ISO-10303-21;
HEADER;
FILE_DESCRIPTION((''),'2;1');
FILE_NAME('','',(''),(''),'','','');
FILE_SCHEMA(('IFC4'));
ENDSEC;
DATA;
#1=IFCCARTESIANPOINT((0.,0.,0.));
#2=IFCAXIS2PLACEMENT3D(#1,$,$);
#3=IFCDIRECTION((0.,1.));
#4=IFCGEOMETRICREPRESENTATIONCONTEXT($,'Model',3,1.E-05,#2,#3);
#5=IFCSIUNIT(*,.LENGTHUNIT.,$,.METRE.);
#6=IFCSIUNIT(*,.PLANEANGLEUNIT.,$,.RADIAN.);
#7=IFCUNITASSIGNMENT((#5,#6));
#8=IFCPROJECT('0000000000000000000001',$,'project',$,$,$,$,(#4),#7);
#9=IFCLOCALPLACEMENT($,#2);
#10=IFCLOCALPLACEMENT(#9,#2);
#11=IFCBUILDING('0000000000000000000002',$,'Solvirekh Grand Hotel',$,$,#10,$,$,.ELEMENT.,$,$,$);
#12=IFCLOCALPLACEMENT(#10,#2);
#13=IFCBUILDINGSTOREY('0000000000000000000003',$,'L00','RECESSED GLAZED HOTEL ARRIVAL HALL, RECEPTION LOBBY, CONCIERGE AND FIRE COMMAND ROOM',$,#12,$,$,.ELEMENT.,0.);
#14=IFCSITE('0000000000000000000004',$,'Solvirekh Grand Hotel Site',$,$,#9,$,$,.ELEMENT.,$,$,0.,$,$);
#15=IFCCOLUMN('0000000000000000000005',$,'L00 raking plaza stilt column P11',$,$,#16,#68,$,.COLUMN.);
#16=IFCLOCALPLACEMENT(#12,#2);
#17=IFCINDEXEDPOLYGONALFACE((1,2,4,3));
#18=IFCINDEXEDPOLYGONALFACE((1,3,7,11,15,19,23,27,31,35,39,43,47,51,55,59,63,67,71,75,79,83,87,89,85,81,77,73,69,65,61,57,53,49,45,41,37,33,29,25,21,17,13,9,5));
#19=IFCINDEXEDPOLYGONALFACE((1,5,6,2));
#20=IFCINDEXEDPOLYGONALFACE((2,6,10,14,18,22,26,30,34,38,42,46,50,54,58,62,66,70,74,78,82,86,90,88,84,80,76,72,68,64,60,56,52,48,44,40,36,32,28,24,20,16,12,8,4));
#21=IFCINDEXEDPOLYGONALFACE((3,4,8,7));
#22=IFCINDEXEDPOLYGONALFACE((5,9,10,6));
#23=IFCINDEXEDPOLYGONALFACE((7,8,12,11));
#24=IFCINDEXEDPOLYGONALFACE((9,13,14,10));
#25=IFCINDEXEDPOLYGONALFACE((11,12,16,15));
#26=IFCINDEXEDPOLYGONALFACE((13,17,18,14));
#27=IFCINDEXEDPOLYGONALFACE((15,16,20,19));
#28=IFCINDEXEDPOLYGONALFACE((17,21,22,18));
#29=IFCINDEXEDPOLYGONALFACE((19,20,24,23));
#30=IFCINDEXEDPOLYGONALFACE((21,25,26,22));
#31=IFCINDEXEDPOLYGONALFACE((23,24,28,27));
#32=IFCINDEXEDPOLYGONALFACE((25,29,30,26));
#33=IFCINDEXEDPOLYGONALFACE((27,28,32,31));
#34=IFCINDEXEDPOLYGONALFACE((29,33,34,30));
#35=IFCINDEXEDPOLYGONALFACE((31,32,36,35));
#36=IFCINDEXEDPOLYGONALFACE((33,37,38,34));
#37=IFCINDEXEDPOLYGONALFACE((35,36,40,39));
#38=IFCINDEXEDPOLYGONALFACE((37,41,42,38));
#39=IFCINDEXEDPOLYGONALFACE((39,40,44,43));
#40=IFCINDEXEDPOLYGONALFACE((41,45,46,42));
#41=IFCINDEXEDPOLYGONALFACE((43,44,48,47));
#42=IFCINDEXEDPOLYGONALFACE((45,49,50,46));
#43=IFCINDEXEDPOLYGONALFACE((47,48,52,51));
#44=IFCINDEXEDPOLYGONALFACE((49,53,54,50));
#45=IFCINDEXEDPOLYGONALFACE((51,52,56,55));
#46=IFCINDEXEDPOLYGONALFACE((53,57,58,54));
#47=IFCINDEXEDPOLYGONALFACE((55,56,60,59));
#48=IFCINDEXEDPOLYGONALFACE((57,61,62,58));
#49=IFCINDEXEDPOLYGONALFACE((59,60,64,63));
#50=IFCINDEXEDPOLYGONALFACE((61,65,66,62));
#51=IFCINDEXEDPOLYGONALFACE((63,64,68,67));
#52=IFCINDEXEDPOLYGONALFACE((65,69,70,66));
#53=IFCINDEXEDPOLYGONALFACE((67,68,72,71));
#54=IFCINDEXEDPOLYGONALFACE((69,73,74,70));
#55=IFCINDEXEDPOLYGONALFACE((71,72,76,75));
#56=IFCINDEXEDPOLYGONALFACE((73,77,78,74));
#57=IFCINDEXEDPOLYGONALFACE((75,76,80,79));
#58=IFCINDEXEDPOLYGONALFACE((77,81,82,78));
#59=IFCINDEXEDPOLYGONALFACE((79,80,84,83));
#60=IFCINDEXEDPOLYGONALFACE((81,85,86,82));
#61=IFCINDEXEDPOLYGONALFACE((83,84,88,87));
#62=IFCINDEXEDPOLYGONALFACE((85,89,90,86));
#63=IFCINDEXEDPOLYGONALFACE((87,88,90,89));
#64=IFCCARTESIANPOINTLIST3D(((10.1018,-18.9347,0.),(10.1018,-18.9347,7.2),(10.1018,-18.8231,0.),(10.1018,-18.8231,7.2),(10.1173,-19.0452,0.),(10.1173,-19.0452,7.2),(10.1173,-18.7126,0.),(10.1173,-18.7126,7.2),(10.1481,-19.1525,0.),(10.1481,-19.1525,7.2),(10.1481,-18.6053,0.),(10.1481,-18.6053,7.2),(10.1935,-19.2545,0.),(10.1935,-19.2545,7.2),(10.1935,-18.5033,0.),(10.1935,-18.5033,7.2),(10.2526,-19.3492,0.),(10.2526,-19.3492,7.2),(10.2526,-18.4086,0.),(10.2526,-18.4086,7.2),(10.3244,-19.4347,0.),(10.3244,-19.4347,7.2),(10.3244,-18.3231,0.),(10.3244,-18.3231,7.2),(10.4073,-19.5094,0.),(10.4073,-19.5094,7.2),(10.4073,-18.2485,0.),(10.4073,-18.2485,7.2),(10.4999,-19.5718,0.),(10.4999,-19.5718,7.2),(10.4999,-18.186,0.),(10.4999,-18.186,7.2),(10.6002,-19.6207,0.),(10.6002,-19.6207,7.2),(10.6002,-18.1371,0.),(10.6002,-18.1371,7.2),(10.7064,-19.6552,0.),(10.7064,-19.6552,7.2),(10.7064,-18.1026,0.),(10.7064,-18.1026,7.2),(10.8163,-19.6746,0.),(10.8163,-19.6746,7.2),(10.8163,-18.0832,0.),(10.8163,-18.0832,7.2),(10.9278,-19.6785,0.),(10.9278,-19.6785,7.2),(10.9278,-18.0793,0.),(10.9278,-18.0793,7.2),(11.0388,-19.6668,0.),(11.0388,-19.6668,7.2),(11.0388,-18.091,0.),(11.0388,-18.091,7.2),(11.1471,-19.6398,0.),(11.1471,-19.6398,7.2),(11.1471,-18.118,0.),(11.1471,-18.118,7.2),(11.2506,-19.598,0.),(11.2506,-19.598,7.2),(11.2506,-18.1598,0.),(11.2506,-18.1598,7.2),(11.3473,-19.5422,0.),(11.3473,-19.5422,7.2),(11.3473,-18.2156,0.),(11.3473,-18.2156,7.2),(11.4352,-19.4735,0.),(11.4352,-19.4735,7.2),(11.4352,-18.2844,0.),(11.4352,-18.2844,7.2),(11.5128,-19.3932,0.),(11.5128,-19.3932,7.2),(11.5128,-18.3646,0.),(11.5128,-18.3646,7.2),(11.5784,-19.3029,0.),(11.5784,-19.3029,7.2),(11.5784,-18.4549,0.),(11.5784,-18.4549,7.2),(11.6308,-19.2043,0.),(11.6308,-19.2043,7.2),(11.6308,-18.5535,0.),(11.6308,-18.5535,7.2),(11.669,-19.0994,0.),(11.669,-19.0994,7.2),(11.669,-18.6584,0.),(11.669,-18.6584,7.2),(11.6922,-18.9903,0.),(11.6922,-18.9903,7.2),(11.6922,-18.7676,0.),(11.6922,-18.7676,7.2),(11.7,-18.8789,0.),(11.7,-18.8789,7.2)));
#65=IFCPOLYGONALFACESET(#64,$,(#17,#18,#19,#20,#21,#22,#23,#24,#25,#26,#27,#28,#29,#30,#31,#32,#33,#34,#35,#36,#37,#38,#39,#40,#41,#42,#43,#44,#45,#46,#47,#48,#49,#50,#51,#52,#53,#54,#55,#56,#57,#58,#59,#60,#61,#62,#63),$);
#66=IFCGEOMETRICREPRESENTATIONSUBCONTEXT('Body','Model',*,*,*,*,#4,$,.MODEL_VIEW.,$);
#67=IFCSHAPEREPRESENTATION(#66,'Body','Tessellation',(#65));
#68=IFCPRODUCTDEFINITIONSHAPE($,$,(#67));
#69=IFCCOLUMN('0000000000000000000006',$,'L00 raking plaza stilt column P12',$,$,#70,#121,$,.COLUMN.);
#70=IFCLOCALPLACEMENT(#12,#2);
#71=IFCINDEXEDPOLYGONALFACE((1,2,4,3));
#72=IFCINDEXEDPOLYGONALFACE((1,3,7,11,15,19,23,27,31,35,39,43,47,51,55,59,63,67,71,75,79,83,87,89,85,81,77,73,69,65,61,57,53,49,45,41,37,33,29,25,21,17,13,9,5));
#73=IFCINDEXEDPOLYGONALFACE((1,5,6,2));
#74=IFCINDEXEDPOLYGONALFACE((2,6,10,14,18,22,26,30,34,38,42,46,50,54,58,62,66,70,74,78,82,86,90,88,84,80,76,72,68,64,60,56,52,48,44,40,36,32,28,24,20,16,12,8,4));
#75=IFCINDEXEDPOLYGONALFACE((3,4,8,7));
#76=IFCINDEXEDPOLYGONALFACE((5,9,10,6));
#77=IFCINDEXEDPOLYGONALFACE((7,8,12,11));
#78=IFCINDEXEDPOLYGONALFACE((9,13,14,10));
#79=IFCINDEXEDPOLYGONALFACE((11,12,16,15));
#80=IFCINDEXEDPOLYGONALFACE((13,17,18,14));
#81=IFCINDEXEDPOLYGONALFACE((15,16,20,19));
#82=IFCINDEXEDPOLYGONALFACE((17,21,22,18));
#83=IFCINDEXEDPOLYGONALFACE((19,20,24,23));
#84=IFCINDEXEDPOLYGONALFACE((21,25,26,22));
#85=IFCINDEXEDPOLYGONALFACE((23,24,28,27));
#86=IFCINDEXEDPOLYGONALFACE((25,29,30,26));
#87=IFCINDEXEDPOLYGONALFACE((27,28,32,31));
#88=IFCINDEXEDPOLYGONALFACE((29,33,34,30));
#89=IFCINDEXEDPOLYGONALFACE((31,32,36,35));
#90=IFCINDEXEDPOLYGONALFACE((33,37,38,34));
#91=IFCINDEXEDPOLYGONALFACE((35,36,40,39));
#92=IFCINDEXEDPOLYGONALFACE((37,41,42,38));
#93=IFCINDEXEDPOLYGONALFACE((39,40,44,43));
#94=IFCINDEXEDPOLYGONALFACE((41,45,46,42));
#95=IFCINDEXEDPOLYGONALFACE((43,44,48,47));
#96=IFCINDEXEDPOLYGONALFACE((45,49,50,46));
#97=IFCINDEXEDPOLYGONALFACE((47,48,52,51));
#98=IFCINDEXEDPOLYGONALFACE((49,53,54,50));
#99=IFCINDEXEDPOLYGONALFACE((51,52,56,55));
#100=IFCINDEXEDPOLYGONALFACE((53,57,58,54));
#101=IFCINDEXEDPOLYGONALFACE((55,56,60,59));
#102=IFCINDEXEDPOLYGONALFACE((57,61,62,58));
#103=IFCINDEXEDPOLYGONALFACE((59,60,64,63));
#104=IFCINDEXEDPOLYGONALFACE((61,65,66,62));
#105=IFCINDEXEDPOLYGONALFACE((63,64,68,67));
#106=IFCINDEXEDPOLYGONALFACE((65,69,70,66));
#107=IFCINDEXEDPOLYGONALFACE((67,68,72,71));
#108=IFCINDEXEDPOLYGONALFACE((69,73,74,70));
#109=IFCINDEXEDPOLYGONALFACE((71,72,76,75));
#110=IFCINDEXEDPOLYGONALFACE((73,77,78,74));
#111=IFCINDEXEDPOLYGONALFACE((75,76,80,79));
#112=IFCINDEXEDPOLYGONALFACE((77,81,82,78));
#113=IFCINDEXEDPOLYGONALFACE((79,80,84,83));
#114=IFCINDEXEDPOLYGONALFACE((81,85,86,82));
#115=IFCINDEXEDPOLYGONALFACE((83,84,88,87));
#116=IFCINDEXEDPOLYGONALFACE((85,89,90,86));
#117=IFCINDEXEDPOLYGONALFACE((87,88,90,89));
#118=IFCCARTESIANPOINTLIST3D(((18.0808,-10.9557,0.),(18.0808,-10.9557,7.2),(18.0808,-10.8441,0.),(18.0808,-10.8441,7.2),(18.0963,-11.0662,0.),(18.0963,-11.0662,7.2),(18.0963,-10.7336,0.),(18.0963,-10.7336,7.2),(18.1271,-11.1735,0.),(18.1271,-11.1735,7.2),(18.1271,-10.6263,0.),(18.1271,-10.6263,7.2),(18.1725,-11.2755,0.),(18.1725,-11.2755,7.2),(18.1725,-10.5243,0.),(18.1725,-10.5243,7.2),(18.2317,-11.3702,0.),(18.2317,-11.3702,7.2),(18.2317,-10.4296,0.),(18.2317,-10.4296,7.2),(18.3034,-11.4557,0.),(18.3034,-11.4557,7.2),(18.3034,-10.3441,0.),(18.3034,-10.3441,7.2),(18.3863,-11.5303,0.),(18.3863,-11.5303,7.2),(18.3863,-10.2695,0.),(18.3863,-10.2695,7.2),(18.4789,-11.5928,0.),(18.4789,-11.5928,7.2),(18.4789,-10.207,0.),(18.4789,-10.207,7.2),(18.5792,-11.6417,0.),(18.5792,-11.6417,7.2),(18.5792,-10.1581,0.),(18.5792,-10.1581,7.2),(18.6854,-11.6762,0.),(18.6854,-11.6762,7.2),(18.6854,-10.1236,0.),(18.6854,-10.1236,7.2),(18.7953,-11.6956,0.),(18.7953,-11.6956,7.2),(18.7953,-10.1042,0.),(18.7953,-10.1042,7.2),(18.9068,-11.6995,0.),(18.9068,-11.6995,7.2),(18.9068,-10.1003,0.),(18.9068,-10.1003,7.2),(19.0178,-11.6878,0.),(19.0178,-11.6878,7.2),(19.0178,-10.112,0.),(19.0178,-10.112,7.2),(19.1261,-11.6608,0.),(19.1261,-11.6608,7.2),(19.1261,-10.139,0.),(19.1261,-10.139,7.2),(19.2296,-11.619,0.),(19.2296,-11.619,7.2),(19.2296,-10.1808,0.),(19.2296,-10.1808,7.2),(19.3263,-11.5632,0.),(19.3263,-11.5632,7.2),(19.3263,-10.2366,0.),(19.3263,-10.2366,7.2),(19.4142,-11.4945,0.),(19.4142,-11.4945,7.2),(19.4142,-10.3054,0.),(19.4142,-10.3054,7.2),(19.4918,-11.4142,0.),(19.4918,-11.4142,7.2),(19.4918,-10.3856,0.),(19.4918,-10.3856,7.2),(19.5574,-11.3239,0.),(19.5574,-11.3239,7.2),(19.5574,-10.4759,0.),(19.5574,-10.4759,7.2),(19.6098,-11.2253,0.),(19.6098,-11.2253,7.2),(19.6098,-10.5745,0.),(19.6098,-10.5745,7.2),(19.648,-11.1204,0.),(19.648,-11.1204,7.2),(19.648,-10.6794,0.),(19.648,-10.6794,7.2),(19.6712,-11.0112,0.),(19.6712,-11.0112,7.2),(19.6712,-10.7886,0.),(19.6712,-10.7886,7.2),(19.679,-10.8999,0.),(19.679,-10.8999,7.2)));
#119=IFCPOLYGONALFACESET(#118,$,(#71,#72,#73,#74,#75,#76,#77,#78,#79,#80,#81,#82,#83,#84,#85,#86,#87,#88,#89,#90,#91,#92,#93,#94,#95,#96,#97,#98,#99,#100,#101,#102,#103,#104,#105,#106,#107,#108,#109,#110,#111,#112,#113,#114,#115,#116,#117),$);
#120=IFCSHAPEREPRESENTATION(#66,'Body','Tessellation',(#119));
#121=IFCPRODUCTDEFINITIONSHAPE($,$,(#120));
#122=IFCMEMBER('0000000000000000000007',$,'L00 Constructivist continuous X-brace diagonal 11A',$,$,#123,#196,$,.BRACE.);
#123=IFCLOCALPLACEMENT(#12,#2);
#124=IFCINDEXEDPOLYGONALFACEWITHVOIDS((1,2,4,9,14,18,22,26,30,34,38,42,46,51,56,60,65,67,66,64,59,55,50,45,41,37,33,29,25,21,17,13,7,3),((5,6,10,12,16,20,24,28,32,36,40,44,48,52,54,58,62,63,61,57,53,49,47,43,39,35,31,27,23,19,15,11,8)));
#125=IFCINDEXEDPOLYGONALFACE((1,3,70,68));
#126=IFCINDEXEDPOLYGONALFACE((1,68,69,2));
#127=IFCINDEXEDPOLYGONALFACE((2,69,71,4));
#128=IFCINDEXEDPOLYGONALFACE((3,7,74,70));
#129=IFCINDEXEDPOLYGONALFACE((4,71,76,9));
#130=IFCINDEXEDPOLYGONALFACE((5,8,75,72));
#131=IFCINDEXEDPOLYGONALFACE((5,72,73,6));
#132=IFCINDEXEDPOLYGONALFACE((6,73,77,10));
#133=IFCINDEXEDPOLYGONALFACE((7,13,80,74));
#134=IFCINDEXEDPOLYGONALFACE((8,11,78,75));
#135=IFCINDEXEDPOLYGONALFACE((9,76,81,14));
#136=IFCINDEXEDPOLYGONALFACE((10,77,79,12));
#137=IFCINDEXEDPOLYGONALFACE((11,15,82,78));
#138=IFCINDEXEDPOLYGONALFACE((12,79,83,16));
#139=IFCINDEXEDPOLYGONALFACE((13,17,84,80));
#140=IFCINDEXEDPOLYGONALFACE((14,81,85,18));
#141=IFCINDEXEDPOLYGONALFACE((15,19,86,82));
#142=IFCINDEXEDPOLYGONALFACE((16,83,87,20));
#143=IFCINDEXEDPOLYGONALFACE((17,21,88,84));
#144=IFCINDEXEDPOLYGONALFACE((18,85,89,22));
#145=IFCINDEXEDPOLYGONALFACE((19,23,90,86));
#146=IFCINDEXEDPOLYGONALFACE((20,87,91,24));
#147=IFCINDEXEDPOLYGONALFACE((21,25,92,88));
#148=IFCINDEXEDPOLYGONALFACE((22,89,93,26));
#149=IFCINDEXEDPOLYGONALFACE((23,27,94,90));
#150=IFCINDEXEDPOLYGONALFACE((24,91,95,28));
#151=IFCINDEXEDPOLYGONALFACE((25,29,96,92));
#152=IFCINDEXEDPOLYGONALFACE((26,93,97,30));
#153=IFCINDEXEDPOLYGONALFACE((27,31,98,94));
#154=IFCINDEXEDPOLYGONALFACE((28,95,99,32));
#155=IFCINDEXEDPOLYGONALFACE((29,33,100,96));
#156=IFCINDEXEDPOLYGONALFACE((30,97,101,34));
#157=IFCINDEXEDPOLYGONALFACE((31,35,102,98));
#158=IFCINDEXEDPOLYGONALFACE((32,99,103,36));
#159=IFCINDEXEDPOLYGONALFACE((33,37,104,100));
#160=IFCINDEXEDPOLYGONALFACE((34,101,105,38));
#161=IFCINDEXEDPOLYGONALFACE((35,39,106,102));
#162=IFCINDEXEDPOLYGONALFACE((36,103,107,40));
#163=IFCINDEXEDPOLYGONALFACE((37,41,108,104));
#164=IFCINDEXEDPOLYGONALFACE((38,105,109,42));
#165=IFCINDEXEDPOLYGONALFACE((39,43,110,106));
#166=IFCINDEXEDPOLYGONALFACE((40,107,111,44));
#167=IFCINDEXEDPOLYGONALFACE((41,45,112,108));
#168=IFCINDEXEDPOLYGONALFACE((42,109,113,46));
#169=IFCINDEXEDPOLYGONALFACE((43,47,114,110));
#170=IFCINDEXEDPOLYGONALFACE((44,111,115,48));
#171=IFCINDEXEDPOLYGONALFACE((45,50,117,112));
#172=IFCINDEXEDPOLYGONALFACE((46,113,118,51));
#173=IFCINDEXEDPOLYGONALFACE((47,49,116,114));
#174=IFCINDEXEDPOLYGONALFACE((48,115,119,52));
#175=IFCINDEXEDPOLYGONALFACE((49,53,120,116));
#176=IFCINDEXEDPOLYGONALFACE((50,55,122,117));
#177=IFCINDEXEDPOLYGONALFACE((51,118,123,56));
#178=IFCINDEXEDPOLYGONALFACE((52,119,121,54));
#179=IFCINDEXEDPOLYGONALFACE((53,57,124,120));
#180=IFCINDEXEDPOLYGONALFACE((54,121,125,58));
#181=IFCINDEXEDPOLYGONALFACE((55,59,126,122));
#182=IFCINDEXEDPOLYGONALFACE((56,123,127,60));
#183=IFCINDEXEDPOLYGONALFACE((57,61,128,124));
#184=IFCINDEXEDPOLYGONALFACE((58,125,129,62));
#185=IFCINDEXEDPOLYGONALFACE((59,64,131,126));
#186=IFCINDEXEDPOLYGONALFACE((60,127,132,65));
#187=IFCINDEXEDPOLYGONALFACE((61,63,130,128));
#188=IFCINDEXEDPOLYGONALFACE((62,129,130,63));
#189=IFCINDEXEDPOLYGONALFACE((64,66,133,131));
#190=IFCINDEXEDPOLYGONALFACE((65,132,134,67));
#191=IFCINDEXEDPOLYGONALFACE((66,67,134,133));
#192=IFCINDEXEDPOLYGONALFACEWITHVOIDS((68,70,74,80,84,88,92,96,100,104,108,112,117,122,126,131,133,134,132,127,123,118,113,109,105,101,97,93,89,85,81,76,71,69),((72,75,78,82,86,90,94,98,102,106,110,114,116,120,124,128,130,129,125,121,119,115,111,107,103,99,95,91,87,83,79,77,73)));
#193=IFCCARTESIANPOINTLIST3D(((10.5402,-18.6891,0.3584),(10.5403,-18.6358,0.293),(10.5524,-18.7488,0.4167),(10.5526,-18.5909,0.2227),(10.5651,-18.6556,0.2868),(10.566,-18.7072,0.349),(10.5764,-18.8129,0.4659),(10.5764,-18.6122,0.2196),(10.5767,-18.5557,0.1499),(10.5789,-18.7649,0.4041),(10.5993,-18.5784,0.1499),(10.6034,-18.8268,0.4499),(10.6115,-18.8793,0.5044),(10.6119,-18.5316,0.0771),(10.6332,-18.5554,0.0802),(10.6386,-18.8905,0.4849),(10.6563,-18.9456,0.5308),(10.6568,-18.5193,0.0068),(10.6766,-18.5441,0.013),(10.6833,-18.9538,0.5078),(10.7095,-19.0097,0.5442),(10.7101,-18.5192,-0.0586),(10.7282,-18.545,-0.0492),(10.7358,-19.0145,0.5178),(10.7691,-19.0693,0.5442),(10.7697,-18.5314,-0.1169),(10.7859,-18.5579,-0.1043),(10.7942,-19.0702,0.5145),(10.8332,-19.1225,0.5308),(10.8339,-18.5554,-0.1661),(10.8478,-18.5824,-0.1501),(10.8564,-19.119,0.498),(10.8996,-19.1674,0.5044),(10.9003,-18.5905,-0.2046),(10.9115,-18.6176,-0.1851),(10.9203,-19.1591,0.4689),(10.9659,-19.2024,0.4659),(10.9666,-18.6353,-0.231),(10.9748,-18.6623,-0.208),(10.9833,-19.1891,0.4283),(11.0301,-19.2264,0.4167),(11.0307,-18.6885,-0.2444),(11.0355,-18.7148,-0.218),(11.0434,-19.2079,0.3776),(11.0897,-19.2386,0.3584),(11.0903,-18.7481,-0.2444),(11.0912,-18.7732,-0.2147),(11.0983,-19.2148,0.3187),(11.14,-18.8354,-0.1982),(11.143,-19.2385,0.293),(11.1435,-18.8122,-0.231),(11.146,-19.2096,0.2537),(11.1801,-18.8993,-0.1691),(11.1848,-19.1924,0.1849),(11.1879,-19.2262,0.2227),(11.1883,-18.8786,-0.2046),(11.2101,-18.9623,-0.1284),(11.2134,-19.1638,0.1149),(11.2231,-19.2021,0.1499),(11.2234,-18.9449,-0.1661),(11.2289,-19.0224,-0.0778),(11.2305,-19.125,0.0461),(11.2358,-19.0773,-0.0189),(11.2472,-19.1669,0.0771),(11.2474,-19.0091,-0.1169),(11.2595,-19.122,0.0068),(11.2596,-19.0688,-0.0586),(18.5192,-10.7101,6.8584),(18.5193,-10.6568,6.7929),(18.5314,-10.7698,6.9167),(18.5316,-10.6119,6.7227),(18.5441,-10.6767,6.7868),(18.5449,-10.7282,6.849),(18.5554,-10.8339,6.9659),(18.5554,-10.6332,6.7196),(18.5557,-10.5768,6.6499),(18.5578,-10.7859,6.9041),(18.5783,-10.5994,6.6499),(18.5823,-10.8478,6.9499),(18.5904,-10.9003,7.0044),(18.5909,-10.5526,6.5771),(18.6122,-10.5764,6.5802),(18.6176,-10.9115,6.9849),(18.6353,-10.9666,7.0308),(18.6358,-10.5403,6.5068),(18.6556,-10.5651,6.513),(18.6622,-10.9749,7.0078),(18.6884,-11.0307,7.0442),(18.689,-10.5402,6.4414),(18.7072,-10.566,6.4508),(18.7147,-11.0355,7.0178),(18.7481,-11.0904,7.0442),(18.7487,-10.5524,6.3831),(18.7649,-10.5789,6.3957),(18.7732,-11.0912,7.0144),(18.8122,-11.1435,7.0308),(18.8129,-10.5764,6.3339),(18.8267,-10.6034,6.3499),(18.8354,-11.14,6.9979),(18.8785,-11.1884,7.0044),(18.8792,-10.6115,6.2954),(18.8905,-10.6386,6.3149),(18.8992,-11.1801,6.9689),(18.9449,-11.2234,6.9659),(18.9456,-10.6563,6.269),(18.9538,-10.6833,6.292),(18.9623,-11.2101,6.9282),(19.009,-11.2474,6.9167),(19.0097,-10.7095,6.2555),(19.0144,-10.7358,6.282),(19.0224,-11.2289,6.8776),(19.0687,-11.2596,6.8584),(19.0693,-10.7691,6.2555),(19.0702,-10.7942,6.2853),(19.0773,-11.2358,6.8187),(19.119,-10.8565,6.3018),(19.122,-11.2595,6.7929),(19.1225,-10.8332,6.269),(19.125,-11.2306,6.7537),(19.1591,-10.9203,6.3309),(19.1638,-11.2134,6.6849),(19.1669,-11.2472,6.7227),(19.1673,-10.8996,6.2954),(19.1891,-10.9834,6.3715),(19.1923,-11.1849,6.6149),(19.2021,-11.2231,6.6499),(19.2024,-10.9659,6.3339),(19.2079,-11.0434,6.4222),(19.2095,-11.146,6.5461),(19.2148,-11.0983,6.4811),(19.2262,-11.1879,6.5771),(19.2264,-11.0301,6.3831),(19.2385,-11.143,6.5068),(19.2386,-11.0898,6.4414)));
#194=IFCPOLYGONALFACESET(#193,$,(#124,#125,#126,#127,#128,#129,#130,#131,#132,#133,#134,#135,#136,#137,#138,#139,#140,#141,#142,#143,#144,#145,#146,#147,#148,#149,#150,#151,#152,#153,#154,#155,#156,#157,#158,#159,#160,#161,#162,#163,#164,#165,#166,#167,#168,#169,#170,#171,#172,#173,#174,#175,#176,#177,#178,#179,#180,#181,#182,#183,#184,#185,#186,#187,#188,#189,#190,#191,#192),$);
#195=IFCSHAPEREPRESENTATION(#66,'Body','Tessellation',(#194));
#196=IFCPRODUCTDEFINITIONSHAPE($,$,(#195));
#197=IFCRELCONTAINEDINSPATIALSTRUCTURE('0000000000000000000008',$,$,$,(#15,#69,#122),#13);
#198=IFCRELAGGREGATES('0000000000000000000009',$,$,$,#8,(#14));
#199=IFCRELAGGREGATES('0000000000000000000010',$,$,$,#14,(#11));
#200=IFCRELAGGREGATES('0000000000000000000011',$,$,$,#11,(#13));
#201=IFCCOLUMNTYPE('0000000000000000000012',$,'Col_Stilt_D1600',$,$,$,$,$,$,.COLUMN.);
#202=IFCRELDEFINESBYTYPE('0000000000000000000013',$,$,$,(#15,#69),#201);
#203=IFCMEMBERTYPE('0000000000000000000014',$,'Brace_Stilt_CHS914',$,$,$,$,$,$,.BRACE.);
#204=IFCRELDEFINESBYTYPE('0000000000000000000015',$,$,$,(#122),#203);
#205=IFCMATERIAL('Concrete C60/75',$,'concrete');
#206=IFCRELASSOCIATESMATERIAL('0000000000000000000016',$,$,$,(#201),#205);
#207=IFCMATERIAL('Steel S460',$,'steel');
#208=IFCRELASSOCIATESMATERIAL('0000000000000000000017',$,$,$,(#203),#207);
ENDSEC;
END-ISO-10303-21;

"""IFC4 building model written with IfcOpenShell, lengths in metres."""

from ifc_helpers import new_model, si_unit, direction, frame, origin, origin_2d, place, context, subcontext, project, spatial, circle, hollow_circle, extrude, material, material_profile, profile_set, type_object, element, save


model = new_model("IFC4")

# Units and contexts
model_context = context("Model", 3, precision=1e-05, world=origin(), true_north=direction((0.0, 1.0)))
body_context = subcontext(model_context, "Body", "Model", "MODEL_VIEW")
ifc_project = project(units=[si_unit("LENGTHUNIT", "METRE"), si_unit("PLANEANGLEUNIT", "RADIAN")], contexts=[model_context])

# Site, building, storey
site_placement = place(None, origin())
site = spatial("IfcSite", under=ifc_project, at=site_placement, Name="Solvirekh Grand Hotel Site", CompositionType="ELEMENT", RefElevation=0.0)
building_placement = place(site_placement, origin())
building = spatial("IfcBuilding", under=site, at=building_placement, Name="Solvirekh Grand Hotel", CompositionType="ELEMENT")
storey_placement = place(building_placement, origin())
storey = spatial("IfcBuildingStorey", under=building, at=storey_placement, Name="L00", Description="RECESSED GLAZED HOTEL ARRIVAL HALL, RECEPTION LOBBY, CONCIERGE AND FIRE COMMAND ROOM", CompositionType="ELEMENT", Elevation=0.0)

# Columns
ifc_material_1 = material(Name="Concrete C60/75", Category="concrete")
ifc_material_profile_1 = material_profile(ifc_material_1, circle(Radius=0.8, at=origin_2d()), Name="RC CIRC D1600")
ifc_profile_set_1 = profile_set([ifc_material_profile_1], Name="Concrete C60/75")
column_type = type_object("IfcColumnType", Name="Col_Stilt_D1600", PredefinedType="COLUMN", material=ifc_profile_set_1)
for number, where, z_axis, x_axis, name in (
    (1, (10.8999, -18.8789, 0.0), (0.0, 0.0, 1.0), (1.0, 0.0, 0.0), "L00 raking plaza stilt column P11"),
    (2, (18.8789, -10.8999, 0.0), (0.0, 0.0, 1.0), (1.0, 0.0, 0.0), "L00 raking plaza stilt column P12"),
):
    element("IfcColumn", number, at=place(storey_placement, frame(where, z_axis=z_axis, x_axis=x_axis)), inside=storey, type_object=column_type, Name=name, PredefinedType="COLUMN", context=body_context, shape_type="SweptSolid", body=[
        extrude(circle(Radius=0.8, at=origin_2d()), origin(), (0.0, 0.0, 1.0), 7.2),
    ])

# Member
ifc_material_2 = material(Name="Steel S460", Category="steel")
ifc_material_profile_2 = material_profile(ifc_material_2, hollow_circle(Radius=0.457, WallThickness=0.032, at=origin_2d()), Name="CHS 914X32")
ifc_profile_set_2 = profile_set([ifc_material_profile_2], Name="Steel S460")
member_type_1 = type_object("IfcMemberType", Name="Brace_Stilt_CHS914", PredefinedType="BRACE", material=ifc_profile_set_2)
member_1_placement = place(storey_placement, frame((10.8999, -18.8789, 0.1499), z_axis=(0.612721, 0.612721, 0.499146), x_axis=(-0.707107, 0.707107, 0.0)))
element("IfcMember", 3, at=member_1_placement, inside=storey, type_object=member_type_1, Name="L00 Constructivist continuous X-brace diagonal 11A", PredefinedType="BRACE", context=body_context, shape_type="SweptSolid", body=[
    extrude(hollow_circle(Radius=0.457, WallThickness=0.032, at=origin_2d()), origin(), (0.0, 0.0, 1.0), 13.0222),
])

save(model, "model.ifc")
